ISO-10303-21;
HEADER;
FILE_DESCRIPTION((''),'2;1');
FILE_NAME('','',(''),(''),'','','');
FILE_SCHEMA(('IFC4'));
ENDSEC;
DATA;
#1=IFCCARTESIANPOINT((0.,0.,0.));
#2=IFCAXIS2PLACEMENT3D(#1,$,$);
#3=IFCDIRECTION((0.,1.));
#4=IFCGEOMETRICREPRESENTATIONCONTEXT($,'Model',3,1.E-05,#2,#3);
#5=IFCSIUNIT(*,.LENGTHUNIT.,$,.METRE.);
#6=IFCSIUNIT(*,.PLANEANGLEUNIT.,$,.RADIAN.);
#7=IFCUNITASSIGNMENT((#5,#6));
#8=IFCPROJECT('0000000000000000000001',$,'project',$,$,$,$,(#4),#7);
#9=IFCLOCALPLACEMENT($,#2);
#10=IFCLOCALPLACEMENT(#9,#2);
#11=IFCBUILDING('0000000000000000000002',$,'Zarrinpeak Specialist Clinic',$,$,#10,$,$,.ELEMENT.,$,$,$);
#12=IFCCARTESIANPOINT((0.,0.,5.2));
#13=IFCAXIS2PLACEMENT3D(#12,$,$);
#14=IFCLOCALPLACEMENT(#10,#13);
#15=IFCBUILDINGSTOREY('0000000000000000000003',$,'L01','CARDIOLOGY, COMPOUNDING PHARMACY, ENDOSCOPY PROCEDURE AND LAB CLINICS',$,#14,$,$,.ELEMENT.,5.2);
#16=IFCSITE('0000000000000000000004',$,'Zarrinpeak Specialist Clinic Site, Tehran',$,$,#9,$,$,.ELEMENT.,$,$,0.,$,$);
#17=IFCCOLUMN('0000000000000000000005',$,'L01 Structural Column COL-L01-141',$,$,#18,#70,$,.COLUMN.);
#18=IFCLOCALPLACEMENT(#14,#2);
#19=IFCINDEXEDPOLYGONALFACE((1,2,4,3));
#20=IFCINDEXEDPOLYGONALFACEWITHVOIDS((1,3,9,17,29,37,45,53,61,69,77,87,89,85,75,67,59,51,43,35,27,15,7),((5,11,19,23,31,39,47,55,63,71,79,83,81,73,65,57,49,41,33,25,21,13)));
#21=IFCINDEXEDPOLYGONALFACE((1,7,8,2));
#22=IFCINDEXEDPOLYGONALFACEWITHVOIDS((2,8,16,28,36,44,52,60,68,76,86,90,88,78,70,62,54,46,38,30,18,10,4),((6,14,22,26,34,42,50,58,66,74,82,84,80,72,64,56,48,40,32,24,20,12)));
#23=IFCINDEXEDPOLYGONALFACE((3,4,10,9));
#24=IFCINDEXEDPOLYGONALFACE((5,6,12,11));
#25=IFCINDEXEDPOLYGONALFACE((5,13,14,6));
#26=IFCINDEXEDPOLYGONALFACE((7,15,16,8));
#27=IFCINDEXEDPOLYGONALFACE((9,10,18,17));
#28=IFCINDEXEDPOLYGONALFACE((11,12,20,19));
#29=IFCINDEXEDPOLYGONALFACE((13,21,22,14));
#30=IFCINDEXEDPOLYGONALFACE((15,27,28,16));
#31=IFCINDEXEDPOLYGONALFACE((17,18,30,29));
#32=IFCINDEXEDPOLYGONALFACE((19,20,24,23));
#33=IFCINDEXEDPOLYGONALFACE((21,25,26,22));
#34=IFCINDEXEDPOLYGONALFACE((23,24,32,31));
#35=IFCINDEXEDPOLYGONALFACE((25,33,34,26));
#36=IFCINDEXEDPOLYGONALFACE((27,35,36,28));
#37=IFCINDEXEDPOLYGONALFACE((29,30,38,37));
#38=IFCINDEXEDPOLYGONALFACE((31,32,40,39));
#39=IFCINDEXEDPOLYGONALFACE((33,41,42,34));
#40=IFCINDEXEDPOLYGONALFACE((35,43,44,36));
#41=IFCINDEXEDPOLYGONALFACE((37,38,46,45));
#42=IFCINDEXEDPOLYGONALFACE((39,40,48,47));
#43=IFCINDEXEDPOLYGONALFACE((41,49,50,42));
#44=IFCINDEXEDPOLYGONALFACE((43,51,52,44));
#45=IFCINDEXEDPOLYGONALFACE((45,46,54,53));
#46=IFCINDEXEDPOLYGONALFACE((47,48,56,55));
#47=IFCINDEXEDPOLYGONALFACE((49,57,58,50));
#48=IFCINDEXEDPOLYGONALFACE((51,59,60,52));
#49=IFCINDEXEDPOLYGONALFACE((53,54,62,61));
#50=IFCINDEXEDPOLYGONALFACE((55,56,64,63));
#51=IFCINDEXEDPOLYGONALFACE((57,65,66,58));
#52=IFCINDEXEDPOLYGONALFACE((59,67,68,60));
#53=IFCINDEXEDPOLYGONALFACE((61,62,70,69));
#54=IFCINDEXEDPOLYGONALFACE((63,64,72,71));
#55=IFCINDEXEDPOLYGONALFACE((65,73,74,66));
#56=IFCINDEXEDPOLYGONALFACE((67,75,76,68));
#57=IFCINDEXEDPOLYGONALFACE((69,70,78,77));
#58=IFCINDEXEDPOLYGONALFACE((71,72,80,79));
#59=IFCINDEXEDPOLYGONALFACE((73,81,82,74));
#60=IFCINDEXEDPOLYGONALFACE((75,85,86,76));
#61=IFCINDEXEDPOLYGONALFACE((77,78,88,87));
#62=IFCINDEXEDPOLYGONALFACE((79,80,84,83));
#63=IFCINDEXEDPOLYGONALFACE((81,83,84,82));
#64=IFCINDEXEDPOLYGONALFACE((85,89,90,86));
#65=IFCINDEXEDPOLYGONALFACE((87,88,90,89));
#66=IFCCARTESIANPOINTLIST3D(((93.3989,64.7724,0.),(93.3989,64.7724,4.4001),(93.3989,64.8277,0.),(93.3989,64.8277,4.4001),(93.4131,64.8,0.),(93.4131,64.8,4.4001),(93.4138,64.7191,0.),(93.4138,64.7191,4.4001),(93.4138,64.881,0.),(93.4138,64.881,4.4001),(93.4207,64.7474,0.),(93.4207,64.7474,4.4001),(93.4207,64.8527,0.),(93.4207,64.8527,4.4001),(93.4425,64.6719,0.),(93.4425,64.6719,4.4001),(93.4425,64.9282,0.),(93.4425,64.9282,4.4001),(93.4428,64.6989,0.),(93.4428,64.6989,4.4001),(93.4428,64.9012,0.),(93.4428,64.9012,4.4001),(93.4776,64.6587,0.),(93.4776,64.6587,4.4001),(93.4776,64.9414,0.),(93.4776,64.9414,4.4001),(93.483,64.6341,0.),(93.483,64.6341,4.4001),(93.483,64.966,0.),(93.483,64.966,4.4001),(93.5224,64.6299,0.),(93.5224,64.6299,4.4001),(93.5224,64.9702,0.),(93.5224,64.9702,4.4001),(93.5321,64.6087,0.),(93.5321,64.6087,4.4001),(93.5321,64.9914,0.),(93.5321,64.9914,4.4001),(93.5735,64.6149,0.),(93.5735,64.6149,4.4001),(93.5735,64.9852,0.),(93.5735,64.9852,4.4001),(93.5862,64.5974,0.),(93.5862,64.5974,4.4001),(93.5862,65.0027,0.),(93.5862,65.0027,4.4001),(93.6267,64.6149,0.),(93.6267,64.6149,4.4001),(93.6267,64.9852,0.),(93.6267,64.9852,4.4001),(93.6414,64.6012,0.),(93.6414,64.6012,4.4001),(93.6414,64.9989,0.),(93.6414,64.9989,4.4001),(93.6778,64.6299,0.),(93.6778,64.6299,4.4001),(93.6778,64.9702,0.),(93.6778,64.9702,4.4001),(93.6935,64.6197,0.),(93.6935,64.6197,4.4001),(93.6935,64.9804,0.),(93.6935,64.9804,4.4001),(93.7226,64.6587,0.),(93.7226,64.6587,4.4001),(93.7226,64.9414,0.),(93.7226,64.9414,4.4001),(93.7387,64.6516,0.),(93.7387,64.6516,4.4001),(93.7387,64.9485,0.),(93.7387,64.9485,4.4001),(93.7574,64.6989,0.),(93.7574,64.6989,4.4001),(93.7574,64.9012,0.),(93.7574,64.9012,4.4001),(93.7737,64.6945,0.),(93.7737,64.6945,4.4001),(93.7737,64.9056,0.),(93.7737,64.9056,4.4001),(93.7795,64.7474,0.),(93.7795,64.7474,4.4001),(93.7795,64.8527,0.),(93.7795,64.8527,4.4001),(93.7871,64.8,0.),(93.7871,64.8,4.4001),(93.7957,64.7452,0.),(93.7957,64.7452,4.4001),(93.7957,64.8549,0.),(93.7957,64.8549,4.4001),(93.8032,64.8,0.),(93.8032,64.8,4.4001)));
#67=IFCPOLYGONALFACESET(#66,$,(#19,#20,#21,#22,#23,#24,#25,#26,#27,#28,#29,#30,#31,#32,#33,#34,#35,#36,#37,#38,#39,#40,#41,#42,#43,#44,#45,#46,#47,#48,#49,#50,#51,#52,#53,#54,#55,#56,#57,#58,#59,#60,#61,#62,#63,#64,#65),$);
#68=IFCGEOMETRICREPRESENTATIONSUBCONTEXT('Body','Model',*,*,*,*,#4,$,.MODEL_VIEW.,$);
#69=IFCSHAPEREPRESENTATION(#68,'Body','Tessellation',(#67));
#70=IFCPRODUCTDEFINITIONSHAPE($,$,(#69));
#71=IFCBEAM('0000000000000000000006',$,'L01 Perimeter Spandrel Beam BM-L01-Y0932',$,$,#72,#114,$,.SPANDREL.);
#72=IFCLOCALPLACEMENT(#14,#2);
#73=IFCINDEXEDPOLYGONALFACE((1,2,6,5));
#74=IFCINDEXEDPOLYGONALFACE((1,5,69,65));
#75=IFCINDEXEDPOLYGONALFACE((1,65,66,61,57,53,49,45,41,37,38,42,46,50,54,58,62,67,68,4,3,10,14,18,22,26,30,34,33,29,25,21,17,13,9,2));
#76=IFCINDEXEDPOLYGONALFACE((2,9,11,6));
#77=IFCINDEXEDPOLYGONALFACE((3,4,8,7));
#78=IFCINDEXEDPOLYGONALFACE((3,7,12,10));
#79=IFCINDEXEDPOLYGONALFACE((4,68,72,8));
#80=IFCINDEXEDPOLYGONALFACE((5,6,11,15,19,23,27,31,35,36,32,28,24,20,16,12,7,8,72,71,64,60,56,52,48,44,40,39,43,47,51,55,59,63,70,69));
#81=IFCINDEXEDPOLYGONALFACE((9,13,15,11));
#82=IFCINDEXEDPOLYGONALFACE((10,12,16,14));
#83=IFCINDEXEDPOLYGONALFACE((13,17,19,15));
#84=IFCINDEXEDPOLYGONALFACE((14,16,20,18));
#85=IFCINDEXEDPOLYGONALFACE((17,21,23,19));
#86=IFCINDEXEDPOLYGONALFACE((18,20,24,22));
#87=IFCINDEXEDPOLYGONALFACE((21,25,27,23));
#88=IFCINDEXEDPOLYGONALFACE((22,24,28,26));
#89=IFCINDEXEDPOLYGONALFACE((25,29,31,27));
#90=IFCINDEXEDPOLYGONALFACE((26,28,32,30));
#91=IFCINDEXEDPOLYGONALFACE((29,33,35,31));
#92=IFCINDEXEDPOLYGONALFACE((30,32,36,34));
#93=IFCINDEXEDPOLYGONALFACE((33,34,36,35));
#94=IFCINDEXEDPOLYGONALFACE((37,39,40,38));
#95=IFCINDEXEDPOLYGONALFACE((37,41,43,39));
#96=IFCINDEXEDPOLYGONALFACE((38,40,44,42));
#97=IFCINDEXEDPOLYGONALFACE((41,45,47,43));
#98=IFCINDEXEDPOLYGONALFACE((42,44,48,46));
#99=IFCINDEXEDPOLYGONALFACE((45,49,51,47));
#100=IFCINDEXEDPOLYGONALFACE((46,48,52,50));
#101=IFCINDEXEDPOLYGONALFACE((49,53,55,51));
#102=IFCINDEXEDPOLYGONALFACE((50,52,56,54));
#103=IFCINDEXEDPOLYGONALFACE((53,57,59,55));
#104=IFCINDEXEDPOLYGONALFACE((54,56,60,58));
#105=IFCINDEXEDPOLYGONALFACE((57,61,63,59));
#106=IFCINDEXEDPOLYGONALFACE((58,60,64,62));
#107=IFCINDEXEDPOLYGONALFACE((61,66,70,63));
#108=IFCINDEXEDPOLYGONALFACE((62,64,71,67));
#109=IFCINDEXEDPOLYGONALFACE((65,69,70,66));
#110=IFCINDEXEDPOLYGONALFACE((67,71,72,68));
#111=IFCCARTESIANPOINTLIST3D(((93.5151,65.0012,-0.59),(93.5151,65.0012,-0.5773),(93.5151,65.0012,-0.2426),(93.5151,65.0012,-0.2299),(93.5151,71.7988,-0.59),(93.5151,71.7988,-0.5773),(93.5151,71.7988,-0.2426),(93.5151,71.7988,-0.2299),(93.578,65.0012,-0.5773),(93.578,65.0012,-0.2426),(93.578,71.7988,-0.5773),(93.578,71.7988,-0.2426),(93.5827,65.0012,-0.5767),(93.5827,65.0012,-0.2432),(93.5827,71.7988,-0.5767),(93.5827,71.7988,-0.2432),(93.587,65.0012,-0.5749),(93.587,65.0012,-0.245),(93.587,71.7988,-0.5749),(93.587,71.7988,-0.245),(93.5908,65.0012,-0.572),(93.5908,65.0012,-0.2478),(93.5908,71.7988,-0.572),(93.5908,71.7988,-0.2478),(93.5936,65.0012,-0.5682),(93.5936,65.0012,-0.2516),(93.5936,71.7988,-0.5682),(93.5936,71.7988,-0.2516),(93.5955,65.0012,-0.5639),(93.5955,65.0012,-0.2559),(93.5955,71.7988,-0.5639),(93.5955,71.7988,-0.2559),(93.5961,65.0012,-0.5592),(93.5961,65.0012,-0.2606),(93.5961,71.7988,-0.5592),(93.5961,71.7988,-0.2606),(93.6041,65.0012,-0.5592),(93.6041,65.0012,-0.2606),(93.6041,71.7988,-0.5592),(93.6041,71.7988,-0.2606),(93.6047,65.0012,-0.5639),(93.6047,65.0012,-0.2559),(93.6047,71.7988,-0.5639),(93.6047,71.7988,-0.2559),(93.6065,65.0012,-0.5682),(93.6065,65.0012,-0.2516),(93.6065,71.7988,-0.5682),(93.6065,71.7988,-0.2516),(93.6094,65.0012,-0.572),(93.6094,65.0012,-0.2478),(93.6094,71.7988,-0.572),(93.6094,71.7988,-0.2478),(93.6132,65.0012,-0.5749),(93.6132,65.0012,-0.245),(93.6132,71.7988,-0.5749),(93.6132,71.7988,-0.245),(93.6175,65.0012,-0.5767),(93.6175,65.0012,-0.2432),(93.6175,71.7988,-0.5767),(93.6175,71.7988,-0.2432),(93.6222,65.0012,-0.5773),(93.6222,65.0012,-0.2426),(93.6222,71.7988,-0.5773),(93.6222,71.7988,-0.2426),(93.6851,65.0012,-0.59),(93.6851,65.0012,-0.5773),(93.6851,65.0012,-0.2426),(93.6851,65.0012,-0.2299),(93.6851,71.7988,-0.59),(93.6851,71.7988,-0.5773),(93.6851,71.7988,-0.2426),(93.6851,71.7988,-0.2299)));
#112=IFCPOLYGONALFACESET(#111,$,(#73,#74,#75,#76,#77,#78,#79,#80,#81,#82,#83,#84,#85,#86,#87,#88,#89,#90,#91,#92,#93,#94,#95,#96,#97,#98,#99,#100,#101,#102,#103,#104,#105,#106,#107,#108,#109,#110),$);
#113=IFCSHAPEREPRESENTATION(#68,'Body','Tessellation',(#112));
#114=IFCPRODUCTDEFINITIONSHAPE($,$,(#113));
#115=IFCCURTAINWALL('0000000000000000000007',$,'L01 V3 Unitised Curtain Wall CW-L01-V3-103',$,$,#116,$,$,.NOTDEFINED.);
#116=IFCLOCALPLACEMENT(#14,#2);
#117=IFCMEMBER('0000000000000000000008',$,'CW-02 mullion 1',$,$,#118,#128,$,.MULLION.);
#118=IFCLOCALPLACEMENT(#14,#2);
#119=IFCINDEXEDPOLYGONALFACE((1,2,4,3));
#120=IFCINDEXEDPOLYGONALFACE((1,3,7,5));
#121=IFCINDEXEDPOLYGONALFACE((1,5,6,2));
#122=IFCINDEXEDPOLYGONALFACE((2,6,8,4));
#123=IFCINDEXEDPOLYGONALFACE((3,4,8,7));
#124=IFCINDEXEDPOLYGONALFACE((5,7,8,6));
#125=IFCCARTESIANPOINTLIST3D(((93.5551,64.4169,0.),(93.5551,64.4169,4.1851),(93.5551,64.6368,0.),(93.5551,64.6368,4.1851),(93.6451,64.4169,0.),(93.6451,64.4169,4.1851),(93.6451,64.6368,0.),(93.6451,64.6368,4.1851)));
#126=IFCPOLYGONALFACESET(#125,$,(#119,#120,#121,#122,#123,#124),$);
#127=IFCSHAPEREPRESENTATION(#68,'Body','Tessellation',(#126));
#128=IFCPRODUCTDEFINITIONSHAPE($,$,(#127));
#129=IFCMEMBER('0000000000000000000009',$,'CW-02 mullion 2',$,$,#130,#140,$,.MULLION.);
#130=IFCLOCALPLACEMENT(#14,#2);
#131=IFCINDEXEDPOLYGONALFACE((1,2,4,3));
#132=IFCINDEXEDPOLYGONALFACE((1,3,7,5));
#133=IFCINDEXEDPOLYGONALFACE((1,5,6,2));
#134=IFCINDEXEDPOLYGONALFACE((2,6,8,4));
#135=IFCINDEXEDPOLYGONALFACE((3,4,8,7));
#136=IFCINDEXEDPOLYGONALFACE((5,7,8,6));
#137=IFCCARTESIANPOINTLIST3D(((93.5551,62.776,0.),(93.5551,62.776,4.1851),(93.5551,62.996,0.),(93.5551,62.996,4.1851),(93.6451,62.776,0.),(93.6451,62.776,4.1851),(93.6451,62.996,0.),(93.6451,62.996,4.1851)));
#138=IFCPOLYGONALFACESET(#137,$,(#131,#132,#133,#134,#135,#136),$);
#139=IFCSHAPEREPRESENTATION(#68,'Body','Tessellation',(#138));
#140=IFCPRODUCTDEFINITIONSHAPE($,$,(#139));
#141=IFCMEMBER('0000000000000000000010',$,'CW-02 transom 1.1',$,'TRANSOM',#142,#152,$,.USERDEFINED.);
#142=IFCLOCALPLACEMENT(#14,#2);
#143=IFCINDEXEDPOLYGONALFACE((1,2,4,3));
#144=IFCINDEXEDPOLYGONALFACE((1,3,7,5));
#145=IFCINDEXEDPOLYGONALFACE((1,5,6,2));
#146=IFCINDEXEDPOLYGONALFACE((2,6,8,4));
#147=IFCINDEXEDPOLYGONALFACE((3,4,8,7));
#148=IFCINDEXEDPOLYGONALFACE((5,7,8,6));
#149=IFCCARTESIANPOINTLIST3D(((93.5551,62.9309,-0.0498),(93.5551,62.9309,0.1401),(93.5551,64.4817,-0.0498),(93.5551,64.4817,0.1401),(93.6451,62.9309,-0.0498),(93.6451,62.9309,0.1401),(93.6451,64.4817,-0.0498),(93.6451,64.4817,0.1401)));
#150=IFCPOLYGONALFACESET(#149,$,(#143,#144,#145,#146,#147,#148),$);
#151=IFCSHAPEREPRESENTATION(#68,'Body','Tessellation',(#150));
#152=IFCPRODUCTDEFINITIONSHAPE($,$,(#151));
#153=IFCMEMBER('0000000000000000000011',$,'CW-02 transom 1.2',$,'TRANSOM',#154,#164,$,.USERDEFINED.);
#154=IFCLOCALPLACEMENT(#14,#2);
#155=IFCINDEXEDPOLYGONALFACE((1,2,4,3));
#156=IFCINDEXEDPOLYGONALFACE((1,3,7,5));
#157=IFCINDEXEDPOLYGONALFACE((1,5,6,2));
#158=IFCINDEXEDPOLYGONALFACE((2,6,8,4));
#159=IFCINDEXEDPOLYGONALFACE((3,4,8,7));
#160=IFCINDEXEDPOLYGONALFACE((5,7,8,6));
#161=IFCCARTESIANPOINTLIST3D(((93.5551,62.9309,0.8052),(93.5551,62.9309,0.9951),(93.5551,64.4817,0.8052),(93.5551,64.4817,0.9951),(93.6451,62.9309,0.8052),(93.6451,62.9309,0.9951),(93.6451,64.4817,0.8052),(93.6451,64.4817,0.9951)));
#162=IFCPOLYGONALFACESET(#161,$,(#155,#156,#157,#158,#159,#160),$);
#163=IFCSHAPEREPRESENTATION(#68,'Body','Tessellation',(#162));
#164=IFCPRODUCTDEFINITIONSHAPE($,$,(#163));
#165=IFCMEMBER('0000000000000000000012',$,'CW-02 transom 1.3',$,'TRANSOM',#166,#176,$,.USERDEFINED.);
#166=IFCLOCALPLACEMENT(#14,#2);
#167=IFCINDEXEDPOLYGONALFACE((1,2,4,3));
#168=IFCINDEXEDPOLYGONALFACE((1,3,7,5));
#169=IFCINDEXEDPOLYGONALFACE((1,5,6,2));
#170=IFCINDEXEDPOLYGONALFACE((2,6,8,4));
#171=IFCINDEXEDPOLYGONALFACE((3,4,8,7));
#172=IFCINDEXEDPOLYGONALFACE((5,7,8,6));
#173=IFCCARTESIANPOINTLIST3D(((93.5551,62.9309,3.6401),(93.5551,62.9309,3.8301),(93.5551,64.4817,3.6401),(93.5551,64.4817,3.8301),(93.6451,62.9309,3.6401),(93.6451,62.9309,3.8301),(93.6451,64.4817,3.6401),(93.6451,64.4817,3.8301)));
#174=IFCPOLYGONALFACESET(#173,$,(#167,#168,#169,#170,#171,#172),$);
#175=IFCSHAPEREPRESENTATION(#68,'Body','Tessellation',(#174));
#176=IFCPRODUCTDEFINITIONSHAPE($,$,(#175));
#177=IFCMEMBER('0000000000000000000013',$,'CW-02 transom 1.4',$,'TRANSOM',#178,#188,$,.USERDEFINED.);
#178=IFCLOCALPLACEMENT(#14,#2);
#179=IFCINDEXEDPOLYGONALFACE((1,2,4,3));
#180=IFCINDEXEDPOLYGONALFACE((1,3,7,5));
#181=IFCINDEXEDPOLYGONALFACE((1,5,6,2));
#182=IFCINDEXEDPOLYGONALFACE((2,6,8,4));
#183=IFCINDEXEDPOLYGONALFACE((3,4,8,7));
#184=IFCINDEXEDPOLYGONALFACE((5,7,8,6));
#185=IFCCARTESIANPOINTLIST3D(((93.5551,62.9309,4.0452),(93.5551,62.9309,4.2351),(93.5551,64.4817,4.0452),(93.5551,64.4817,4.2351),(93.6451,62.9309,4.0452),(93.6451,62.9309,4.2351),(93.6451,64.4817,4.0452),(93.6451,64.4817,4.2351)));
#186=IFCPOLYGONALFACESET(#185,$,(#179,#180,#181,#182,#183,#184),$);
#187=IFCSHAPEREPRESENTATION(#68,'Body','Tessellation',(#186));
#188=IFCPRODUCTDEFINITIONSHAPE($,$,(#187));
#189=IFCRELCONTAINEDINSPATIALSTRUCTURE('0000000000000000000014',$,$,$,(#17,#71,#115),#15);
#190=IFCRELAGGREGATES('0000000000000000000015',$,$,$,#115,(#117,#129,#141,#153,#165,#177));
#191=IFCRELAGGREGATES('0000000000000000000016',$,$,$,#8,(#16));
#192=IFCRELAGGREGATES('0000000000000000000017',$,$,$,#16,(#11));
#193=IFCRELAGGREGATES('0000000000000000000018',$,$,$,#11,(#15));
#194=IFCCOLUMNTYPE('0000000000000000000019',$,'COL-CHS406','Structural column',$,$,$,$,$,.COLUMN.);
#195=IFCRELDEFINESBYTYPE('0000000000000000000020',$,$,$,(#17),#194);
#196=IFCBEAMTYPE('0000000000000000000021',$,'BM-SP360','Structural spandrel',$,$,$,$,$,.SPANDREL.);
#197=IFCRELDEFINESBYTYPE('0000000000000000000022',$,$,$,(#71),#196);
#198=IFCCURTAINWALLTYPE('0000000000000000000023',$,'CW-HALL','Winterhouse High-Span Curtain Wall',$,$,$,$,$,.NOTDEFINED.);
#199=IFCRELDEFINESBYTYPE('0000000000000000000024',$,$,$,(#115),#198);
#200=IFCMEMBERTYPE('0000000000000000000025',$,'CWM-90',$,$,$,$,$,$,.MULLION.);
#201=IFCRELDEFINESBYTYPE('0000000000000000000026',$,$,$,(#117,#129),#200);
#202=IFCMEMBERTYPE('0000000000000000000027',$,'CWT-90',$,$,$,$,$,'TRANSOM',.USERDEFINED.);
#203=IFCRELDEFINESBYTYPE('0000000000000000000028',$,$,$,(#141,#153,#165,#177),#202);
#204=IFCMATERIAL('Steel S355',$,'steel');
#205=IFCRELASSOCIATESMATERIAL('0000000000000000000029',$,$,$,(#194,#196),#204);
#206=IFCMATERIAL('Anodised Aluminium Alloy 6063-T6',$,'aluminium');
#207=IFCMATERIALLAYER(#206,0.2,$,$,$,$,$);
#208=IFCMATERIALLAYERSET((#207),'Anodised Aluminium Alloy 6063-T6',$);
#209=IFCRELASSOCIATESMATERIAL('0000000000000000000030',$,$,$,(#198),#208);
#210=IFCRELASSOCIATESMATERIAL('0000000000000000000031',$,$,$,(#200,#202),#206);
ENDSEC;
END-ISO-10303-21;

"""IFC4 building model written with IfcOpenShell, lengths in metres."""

from ifc_helpers import new_model, si_unit, direction, frame, origin, origin_2d, place, context, subcontext, project, spatial, rectangle, hollow_circle, i_section, extrude, material, layer, layer_set, material_profile, profile_set, type_object, element, aggregate, save


model = new_model("IFC4")

# Units and contexts
model_context = context("Model", 3, precision=1e-05, world=origin(), true_north=direction((0.0, 1.0)))
body_context = subcontext(model_context, "Body", "Model", "MODEL_VIEW")
ifc_project = project(units=[si_unit("LENGTHUNIT", "METRE"), si_unit("PLANEANGLEUNIT", "RADIAN")], contexts=[model_context])

# Site, building, storey
site_placement = place(None, origin())
site = spatial("IfcSite", under=ifc_project, at=site_placement, Name="Zarrinpeak Specialist Clinic Site, Tehran", CompositionType="ELEMENT", RefElevation=0.0)
building_placement = place(site_placement, origin())
building = spatial("IfcBuilding", under=site, at=building_placement, Name="Zarrinpeak Specialist Clinic", CompositionType="ELEMENT")
storey_placement = place(building_placement, frame((0.0, 0.0, 5.2)))
storey = spatial("IfcBuildingStorey", under=building, at=storey_placement, Name="L01", Description="CARDIOLOGY, COMPOUNDING PHARMACY, ENDOSCOPY PROCEDURE AND LAB CLINICS", CompositionType="ELEMENT", Elevation=5.2)

# Column
ifc_material_1 = material(Name="Steel S355", Category="steel")
ifc_material_profile_1 = material_profile(ifc_material_1, hollow_circle(Radius=0.2031, WallThickness=0.0161, at=origin_2d()), Name="CHS 406.4x16.0")
ifc_profile_set_1 = profile_set([ifc_material_profile_1], Name="Steel S355")
column_type = type_object("IfcColumnType", Name="COL-CHS406", Description="Structural column", PredefinedType="COLUMN", material=ifc_profile_set_1)
column_placement = place(storey_placement, frame((93.6001, 64.8, 0.0), z_axis=(0.0, 0.0, 1.0), x_axis=(1.0, 0.0, 0.0)))
element("IfcColumn", 1, at=column_placement, inside=storey, type_object=column_type, Name="L01 Structural Column COL-L01-141", PredefinedType="COLUMN", context=body_context, shape_type="SweptSolid", body=[
    extrude(hollow_circle(Radius=0.2031, WallThickness=0.0161, at=origin_2d()), origin(), (0.0, 0.0, 1.0), 4.4001),
])

# Beam
ifc_material_profile_2 = material_profile(ifc_material_1, i_section(OverallWidth=0.1699, OverallDepth=0.3601, WebThickness=0.0081, FlangeThickness=0.0127, FilletRadius=0.0181, at=origin_2d()), Name="IPE 360")
ifc_profile_set_2 = profile_set([ifc_material_profile_2], Name="Steel S355")
beam_type = type_object("IfcBeamType", Name="BM-SP360", Description="Structural spandrel", PredefinedType="SPANDREL", material=ifc_profile_set_2)
beam_placement = place(storey_placement, frame((93.6001, 65.0012, -0.4099), z_axis=(0.0, 1.0, 0.0), x_axis=(-1.0, 0.0, 0.0)))
element("IfcBeam", 2, at=beam_placement, inside=storey, type_object=beam_type, Name="L01 Perimeter Spandrel Beam BM-L01-Y0932", PredefinedType="SPANDREL", context=body_context, shape_type="SweptSolid", body=[
    extrude(i_section(OverallWidth=0.1699, OverallDepth=0.3601, WebThickness=0.0081, FlangeThickness=0.0127, FilletRadius=0.0181, at=origin_2d()), origin(), (0.0, 0.0, 1.0), 6.7976),
])

# Curtain wall, members
ifc_material_2 = material(Name="Anodised Aluminium Alloy 6063-T6", Category="aluminium")
ifc_layer_1 = layer(ifc_material_2, 0.2)
ifc_layer_set_1 = layer_set([ifc_layer_1], Name="Anodised Aluminium Alloy 6063-T6")
curtain_wall_type = type_object("IfcCurtainWallType", Name="CW-HALL", Description="Winterhouse High-Span Curtain Wall", PredefinedType="NOTDEFINED", material=ifc_layer_set_1)
curtain_wall_placement = place(storey_placement, origin())
curtain_wall = element("IfcCurtainWall", 3, at=curtain_wall_placement, inside=storey, type_object=curtain_wall_type, Name="L01 V3 Unitised Curtain Wall CW-L01-V3-103", PredefinedType="NOTDEFINED")
ifc_material_profile_3 = material_profile(ifc_material_2, rectangle(XDim=0.0901, YDim=0.22, at=origin_2d()), Name="ALU 90x220")
ifc_profile_set_3 = profile_set([ifc_material_profile_3], Name="Anodised Aluminium Alloy 6063-T6")
member_type_1 = type_object("IfcMemberType", Name="CWM-90", PredefinedType="MULLION", material=ifc_profile_set_3)
member_1_placement = place(storey_placement, frame((93.6001, 64.5269, 0.0), z_axis=(0.0, 0.0, 1.0), x_axis=(1.0, 0.0, 0.0)))
member_1 = element("IfcMember", 4, at=member_1_placement, type_object=member_type_1, Name="CW-02 mullion 1", PredefinedType="MULLION", context=body_context, shape_type="SweptSolid", body=[
    extrude(rectangle(XDim=0.0901, YDim=0.22, at=origin_2d()), origin(), (0.0, 0.0, 1.0), 4.1851),
])
member_2_placement = place(storey_placement, frame((93.6001, 62.886, 0.0), z_axis=(0.0, 0.0, 1.0), x_axis=(1.0, 0.0, 0.0)))
member_2 = element("IfcMember", 5, at=member_2_placement, type_object=member_type_1, Name="CW-02 mullion 2", PredefinedType="MULLION", context=body_context, shape_type="SweptSolid", body=[
    extrude(rectangle(XDim=0.0901, YDim=0.22, at=origin_2d()), origin(), (0.0, 0.0, 1.0), 4.1851),
])
ifc_material_profile_4 = material_profile(ifc_material_2, rectangle(XDim=0.0901, YDim=0.1899, at=origin_2d()), Name="ALU 90x190")
ifc_profile_set_4 = profile_set([ifc_material_profile_4], Name="Anodised Aluminium Alloy 6063-T6")
member_type_2 = type_object("IfcMemberType", Name="CWT-90", ElementType="TRANSOM", PredefinedType="USERDEFINED", material=ifc_profile_set_4)
member_3_placement = place(storey_placement, frame((93.6001, 64.4817, 0.0452), z_axis=(0.0, -1.0, 0.0), x_axis=(1.0, 0.0, 0.0)))
member_3 = element("IfcMember", 6, at=member_3_placement, type_object=member_type_2, Name="CW-02 transom 1.1", ObjectType="TRANSOM", PredefinedType="USERDEFINED", context=body_context, shape_type="SweptSolid", body=[
    extrude(rectangle(XDim=0.0901, YDim=0.1899, at=origin_2d()), origin(), (0.0, 0.0, 1.0), 1.5508),
])
member_4_placement = place(storey_placement, frame((93.6001, 64.4817, 0.9001), z_axis=(0.0, -1.0, 0.0), x_axis=(1.0, 0.0, 0.0)))
member_4 = element("IfcMember", 7, at=member_4_placement, type_object=member_type_2, Name="CW-02 transom 1.2", ObjectType="TRANSOM", PredefinedType="USERDEFINED", context=body_context, shape_type="SweptSolid", body=[
    extrude(rectangle(XDim=0.0901, YDim=0.1899, at=origin_2d()), origin(), (0.0, 0.0, 1.0), 1.5508),
])
member_5_placement = place(storey_placement, frame((93.6001, 64.4817, 3.7351), z_axis=(0.0, -1.0, 0.0), x_axis=(1.0, 0.0, 0.0)))
member_5 = element("IfcMember", 8, at=member_5_placement, type_object=member_type_2, Name="CW-02 transom 1.3", ObjectType="TRANSOM", PredefinedType="USERDEFINED", context=body_context, shape_type="SweptSolid", body=[
    extrude(rectangle(XDim=0.0901, YDim=0.1899, at=origin_2d()), origin(), (0.0, 0.0, 1.0), 1.5508),
])
member_6_placement = place(storey_placement, frame((93.6001, 64.4817, 4.1401), z_axis=(0.0, -1.0, 0.0), x_axis=(1.0, 0.0, 0.0)))
member_6 = element("IfcMember", 9, at=member_6_placement, type_object=member_type_2, Name="CW-02 transom 1.4", ObjectType="TRANSOM", PredefinedType="USERDEFINED", context=body_context, shape_type="SweptSolid", body=[
    extrude(rectangle(XDim=0.0901, YDim=0.1899, at=origin_2d()), origin(), (0.0, 0.0, 1.0), 1.5508),
])
aggregate(curtain_wall, [member_1, member_2, member_3, member_4, member_5, member_6])

save(model, "model.ifc")
